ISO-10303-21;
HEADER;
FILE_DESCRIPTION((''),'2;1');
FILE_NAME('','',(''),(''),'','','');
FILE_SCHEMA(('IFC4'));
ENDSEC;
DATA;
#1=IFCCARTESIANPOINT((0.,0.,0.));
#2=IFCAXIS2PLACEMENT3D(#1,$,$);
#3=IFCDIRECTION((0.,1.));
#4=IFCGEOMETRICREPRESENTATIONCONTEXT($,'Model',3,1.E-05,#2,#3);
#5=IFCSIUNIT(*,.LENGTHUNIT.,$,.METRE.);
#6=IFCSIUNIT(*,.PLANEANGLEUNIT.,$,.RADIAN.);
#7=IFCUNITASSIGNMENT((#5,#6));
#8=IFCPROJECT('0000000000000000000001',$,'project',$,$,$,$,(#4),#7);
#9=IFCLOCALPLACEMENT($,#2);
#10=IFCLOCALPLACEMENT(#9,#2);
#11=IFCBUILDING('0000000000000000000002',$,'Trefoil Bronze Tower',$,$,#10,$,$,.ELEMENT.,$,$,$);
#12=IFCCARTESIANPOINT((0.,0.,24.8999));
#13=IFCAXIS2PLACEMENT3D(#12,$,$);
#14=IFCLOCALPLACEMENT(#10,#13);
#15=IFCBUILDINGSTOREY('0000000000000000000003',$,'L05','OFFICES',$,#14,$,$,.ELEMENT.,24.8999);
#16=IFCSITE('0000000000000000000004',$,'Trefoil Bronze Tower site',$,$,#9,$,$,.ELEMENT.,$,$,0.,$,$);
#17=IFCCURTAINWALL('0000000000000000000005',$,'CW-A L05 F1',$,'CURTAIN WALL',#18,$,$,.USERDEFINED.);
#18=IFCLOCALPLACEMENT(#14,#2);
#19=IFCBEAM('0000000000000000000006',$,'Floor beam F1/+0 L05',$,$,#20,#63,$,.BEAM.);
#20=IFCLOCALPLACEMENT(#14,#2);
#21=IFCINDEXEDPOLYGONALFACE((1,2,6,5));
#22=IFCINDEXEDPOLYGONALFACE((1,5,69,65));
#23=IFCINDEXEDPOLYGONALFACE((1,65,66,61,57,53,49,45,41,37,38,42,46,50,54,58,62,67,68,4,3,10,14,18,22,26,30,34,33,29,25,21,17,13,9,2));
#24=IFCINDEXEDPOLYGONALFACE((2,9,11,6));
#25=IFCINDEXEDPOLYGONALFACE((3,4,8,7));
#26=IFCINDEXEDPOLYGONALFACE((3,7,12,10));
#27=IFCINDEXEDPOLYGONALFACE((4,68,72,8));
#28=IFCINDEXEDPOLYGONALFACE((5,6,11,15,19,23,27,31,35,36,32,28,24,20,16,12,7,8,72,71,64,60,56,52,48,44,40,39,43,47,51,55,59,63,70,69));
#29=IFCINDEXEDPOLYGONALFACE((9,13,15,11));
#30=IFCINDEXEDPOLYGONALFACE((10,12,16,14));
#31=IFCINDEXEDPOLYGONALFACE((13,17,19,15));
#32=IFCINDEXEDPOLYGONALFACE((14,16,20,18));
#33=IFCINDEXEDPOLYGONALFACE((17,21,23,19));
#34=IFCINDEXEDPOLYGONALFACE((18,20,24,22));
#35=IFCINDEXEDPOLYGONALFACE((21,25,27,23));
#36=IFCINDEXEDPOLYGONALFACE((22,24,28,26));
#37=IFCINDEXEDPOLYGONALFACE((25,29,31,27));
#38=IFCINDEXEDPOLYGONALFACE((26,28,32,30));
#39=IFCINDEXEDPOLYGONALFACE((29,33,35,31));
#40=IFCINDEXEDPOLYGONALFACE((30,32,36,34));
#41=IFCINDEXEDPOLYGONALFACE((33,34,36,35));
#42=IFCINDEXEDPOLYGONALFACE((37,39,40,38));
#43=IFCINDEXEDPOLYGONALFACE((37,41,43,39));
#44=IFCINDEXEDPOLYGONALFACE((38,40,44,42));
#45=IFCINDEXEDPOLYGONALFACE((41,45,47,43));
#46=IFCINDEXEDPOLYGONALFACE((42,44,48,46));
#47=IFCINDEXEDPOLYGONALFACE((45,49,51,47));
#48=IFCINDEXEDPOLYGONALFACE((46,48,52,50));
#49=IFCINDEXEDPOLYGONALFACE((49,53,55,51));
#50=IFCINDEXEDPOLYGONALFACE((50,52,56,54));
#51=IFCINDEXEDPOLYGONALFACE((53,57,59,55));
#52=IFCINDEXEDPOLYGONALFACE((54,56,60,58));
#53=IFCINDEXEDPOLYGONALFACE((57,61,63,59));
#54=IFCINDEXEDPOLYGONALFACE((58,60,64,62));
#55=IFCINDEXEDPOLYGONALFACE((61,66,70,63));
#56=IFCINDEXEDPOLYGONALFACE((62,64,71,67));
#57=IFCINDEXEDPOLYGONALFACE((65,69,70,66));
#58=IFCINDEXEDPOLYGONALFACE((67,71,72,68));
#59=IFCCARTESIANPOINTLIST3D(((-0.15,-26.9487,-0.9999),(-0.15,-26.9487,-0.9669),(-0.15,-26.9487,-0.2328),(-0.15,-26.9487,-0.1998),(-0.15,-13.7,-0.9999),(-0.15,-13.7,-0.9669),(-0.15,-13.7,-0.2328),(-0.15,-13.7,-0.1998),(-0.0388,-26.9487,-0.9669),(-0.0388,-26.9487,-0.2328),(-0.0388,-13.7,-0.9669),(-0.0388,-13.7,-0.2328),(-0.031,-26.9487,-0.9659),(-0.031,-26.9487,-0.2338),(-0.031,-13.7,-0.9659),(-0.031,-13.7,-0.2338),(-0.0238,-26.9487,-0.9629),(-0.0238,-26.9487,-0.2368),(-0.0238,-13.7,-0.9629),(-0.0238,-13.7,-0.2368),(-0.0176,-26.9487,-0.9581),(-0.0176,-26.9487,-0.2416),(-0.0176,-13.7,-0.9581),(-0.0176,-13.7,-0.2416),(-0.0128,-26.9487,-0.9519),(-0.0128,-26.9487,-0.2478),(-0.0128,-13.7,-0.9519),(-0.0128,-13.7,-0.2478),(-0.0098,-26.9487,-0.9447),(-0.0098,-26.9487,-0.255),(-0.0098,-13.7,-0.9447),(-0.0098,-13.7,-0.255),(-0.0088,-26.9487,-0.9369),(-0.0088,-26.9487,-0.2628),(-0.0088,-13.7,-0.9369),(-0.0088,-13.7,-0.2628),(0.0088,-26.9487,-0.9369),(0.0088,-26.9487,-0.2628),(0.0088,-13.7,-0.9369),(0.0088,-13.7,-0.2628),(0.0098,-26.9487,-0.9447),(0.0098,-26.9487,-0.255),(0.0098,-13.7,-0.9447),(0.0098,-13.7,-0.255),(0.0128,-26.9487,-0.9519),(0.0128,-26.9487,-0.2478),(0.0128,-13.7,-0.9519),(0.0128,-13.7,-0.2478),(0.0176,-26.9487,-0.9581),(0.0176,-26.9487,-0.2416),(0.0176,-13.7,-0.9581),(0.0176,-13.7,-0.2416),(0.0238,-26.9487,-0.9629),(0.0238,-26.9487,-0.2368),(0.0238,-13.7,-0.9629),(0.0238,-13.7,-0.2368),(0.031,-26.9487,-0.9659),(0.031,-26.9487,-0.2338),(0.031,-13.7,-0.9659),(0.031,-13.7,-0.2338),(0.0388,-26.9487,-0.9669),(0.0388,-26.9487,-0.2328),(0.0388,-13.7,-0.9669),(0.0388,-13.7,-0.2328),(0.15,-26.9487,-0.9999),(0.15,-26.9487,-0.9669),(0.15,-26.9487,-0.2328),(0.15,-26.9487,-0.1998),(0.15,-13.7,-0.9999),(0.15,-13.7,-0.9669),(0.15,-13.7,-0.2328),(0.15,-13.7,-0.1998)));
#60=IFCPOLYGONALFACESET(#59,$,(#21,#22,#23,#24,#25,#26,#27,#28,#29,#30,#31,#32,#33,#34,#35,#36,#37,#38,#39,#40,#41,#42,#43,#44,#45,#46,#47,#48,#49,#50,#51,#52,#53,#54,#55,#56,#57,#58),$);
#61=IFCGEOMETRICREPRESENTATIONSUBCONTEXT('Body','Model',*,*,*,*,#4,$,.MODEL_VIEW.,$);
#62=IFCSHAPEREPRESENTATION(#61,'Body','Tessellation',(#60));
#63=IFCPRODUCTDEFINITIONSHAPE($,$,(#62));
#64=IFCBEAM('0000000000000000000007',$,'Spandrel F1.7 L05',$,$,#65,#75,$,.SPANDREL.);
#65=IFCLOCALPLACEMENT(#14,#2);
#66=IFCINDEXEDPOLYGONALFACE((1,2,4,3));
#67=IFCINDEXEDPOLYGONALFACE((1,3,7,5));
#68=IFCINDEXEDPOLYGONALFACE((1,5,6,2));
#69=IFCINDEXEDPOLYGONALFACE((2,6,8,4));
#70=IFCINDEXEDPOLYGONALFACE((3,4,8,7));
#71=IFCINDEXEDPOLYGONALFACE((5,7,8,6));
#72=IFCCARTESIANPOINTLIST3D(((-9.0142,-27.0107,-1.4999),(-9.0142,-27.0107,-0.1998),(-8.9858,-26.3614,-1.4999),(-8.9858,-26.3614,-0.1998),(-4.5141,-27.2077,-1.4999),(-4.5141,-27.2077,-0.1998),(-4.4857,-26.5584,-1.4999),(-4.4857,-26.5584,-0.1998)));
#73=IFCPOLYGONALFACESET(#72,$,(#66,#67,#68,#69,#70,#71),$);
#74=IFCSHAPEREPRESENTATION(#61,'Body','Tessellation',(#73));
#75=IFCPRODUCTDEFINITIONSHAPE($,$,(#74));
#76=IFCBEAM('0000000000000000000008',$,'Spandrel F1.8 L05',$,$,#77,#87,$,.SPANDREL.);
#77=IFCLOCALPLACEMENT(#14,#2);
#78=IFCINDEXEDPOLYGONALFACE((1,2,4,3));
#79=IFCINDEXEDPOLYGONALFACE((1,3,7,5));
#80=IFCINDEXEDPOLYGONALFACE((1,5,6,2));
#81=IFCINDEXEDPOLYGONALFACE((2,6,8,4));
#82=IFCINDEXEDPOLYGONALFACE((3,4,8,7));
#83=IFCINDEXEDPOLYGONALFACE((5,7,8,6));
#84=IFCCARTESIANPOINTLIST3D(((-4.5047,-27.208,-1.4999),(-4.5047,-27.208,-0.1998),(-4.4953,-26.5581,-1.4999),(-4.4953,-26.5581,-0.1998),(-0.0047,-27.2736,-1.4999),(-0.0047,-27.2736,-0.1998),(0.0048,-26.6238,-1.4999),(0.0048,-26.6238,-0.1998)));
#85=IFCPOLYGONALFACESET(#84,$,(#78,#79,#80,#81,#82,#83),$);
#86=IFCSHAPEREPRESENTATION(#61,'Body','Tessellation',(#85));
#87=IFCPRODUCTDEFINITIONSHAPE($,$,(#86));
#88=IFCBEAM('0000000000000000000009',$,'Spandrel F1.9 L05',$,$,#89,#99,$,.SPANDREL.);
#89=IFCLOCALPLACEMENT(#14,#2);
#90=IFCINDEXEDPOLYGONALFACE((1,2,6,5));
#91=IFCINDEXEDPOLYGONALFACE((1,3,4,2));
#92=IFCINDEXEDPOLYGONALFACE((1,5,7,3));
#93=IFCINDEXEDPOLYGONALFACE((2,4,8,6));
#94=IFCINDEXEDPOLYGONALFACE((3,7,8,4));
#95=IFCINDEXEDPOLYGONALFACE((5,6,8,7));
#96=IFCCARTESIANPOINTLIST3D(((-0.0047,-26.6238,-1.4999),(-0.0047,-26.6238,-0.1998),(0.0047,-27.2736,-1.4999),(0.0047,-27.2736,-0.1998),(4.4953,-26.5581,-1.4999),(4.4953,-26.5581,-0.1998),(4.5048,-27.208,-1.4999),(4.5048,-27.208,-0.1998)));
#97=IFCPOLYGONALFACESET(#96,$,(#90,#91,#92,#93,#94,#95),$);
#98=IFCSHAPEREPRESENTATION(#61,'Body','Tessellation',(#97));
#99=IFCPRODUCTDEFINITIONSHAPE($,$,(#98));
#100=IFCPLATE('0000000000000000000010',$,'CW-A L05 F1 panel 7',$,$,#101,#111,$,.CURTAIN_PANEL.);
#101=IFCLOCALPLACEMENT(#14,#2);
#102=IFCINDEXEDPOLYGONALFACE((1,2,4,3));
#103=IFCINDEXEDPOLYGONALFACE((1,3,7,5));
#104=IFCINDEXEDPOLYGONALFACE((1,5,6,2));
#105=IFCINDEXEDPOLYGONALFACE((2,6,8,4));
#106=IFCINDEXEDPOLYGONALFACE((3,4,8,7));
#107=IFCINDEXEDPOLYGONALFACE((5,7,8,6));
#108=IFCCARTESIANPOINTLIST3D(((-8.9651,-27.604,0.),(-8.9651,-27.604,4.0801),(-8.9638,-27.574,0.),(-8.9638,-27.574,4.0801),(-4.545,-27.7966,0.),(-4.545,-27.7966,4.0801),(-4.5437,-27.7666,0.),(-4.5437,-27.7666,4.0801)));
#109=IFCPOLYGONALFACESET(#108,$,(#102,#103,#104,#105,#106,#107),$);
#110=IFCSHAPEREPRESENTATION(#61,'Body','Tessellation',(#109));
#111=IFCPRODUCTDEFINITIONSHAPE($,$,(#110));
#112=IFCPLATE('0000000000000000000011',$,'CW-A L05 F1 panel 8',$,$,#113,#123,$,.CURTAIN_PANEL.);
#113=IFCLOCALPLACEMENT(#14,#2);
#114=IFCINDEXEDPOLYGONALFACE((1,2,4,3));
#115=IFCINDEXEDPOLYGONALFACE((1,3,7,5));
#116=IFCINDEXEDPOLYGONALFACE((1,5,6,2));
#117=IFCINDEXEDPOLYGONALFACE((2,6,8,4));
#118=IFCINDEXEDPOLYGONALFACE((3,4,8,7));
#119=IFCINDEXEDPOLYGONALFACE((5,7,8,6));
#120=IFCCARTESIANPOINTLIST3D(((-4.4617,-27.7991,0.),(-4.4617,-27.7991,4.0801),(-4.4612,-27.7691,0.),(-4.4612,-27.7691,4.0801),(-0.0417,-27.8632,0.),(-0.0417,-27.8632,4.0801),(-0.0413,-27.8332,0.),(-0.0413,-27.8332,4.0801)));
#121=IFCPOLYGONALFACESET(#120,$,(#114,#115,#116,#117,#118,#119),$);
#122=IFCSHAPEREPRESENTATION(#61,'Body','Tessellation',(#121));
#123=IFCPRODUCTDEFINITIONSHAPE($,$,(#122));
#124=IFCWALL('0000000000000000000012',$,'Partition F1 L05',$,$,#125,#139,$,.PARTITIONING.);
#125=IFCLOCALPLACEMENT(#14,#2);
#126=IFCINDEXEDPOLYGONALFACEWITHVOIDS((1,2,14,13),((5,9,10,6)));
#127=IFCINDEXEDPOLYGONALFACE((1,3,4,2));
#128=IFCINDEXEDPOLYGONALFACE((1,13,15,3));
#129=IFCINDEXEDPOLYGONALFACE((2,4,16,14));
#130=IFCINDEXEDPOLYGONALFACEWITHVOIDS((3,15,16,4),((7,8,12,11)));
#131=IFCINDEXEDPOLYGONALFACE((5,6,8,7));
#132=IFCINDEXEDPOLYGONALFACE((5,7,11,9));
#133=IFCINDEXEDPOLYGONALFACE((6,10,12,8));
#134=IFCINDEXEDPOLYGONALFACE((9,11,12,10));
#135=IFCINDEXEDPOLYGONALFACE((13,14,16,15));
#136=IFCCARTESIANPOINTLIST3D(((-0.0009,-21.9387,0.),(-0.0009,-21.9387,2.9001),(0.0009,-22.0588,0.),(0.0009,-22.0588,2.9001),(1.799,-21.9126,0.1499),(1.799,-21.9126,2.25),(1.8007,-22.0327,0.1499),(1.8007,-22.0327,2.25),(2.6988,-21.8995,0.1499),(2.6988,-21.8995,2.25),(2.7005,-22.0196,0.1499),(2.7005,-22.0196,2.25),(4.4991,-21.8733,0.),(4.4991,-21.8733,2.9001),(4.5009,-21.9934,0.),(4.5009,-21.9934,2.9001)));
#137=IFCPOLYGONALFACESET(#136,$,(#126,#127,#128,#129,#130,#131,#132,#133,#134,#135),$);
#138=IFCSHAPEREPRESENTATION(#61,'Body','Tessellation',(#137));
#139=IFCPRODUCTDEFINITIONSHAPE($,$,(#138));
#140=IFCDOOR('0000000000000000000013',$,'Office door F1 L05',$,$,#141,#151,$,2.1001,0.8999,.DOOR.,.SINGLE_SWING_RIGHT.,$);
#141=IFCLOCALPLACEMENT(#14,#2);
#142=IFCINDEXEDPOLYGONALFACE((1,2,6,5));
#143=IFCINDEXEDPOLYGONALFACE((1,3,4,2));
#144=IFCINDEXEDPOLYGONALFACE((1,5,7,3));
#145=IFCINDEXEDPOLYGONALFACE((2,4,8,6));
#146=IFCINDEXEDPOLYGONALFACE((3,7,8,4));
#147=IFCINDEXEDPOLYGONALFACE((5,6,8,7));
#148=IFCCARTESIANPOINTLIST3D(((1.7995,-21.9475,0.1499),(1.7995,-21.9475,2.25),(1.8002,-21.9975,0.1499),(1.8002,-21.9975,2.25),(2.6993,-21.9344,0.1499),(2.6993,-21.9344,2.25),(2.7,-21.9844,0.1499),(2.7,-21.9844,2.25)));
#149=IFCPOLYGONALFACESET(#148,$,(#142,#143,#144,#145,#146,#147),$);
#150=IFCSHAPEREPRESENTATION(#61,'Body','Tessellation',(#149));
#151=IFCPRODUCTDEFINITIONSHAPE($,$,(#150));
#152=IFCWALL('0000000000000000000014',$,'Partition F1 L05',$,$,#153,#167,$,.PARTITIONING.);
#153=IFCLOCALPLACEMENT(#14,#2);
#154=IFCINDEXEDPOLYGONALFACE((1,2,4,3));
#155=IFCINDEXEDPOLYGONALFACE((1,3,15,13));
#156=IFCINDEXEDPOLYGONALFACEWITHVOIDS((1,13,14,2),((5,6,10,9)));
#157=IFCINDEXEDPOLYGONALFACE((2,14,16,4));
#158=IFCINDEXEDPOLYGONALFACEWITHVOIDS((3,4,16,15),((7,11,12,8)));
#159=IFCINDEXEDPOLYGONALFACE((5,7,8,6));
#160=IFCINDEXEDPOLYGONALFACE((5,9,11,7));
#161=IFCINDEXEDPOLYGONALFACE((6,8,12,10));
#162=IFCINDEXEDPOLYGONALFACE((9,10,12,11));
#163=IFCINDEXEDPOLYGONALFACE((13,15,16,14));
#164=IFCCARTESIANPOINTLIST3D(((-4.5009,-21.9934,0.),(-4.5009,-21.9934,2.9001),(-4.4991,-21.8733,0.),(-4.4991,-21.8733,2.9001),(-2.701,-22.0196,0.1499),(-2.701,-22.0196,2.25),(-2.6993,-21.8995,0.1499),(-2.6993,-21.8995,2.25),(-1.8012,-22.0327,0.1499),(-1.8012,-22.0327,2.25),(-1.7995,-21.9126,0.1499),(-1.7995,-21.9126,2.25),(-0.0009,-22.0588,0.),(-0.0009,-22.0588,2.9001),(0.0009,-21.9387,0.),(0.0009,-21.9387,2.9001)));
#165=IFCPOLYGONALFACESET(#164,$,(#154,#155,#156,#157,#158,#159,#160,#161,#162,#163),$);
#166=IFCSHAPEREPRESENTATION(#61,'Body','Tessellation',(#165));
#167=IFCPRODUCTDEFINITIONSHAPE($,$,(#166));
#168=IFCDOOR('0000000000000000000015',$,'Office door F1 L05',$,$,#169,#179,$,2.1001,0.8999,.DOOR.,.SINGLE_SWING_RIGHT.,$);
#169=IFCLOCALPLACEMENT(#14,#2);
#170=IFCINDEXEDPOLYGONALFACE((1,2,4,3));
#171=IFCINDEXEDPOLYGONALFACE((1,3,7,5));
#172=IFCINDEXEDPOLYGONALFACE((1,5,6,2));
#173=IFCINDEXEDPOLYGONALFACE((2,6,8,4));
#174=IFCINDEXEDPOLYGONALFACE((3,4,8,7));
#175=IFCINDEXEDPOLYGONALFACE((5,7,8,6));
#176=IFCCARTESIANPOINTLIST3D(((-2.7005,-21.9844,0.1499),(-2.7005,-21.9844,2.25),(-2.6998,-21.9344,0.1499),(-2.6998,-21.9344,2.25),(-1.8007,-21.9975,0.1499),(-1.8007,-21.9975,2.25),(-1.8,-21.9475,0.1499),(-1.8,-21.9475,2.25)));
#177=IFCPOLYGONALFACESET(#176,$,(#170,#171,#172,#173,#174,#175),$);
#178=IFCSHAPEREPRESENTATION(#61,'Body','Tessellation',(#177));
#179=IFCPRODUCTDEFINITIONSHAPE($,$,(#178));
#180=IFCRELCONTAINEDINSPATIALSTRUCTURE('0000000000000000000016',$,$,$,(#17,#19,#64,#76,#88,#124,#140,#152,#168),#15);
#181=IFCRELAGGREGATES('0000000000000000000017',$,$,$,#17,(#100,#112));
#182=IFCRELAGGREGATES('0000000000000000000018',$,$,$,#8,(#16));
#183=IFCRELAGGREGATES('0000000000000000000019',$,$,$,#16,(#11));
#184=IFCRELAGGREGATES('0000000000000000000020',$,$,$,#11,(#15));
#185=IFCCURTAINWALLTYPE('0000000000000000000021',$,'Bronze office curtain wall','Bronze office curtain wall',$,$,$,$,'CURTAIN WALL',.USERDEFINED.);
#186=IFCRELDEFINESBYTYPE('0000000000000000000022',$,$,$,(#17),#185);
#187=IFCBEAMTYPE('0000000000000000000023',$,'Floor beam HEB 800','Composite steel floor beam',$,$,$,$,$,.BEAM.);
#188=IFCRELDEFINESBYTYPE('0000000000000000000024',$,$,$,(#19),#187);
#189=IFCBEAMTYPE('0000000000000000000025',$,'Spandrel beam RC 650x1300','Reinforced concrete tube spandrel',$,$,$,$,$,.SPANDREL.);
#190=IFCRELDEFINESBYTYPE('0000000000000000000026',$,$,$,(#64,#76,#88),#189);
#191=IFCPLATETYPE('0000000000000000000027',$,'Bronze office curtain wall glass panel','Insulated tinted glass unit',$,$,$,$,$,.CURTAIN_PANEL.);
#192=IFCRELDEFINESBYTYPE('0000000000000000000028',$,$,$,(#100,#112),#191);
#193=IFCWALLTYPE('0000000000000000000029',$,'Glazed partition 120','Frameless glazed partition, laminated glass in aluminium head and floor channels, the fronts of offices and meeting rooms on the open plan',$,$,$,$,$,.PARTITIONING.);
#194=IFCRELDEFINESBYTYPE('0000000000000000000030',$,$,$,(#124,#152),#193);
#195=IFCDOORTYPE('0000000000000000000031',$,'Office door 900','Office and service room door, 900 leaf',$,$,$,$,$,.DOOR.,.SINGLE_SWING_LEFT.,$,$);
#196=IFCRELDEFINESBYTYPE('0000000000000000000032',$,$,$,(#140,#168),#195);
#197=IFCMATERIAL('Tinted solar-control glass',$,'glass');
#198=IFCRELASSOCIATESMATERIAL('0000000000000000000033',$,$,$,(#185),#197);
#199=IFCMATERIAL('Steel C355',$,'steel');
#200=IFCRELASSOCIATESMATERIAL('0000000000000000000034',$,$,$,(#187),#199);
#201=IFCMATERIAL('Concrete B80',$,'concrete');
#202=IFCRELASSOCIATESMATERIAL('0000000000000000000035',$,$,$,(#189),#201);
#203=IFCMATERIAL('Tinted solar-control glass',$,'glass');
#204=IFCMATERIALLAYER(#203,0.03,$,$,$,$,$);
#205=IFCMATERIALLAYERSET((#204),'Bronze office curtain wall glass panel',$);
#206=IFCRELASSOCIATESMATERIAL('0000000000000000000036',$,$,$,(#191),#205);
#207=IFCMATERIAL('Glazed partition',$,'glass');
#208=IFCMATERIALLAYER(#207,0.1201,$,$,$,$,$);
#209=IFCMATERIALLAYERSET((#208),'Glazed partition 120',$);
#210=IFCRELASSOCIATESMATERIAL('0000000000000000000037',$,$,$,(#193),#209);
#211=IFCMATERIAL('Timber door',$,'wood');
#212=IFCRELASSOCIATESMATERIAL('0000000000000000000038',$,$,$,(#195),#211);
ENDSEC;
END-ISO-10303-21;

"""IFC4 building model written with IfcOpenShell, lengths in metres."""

from ifc_helpers import new_model, si_unit, direction, frame, frame_2d, origin, origin_2d, place, context, subcontext, project, spatial, rectangle, i_section, extrude, material, layer, layer_set, material_profile, profile_set, type_object, element, fill, aggregate, save


model = new_model("IFC4")

# Units and contexts
model_context = context("Model", 3, precision=1e-05, world=origin(), true_north=direction((0.0, 1.0)))
body_context = subcontext(model_context, "Body", "Model", "MODEL_VIEW")
ifc_project = project(units=[si_unit("LENGTHUNIT", "METRE"), si_unit("PLANEANGLEUNIT", "RADIAN")], contexts=[model_context])

# Site, building, storey
site_placement = place(None, origin())
site = spatial("IfcSite", under=ifc_project, at=site_placement, Name="Trefoil Bronze Tower site", CompositionType="ELEMENT", RefElevation=0.0)
building_placement = place(site_placement, origin())
building = spatial("IfcBuilding", under=site, at=building_placement, Name="Trefoil Bronze Tower", CompositionType="ELEMENT")
storey_placement = place(building_placement, frame((0.0, 0.0, 24.8999)))
storey = spatial("IfcBuildingStorey", under=building, at=storey_placement, Name="L05", Description="OFFICES", CompositionType="ELEMENT", Elevation=24.8999)

# Curtain wall
ifc_material_1 = material(Name="Tinted solar-control glass", Category="glass")
curtain_wall_type = type_object("IfcCurtainWallType", Name="Bronze office curtain wall", Description="Bronze office curtain wall", ElementType="CURTAIN WALL", PredefinedType="USERDEFINED", material=ifc_material_1)
curtain_wall_placement = place(storey_placement, origin())
curtain_wall = element("IfcCurtainWall", 1, at=curtain_wall_placement, inside=storey, type_object=curtain_wall_type, Name="CW-A L05 F1", ObjectType="CURTAIN WALL", PredefinedType="USERDEFINED")

# Beams
ifc_material_2 = material(Name="Steel C355", Category="steel")
ifc_material_profile_1 = material_profile(ifc_material_2, i_section(OverallWidth=0.3, OverallDepth=0.8, WebThickness=0.0176, FlangeThickness=0.033, FilletRadius=0.03, at=origin_2d()), Name="HEB 800")
ifc_profile_set_1 = profile_set([ifc_material_profile_1], Name="Steel C355")
beam_type_1 = type_object("IfcBeamType", Name="Floor beam HEB 800", Description="Composite steel floor beam", PredefinedType="BEAM", material=ifc_profile_set_1)
beam_1_placement = place(storey_placement, frame((0.0, -26.9487, -0.5999), z_axis=(0.0, 1.0, 0.0), x_axis=(-1.0, 0.0, 0.0)))
element("IfcBeam", 2, at=beam_1_placement, inside=storey, type_object=beam_type_1, Name="Floor beam F1/+0 L05", PredefinedType="BEAM", context=body_context, shape_type="SweptSolid", body=[
    extrude(i_section(OverallWidth=0.3, OverallDepth=0.8, WebThickness=0.0176, FlangeThickness=0.033, FilletRadius=0.03, at=origin_2d()), origin(), (0.0, 0.0, 1.0), 13.2488),
])
ifc_material_3 = material(Name="Concrete B80", Category="concrete")
ifc_material_profile_2 = material_profile(ifc_material_3, rectangle(XDim=0.6499, YDim=1.3, at=origin_2d()), Name="RC 650x1300")
ifc_profile_set_2 = profile_set([ifc_material_profile_2], Name="Concrete B80")
beam_type_2 = type_object("IfcBeamType", Name="Spandrel beam RC 650x1300", Description="Reinforced concrete tube spandrel", PredefinedType="SPANDREL", material=ifc_profile_set_2)
beam_2_placement = place(storey_placement, frame((-9.0, -26.686, -0.8499), z_axis=(0.999043, -0.043741, 0.0), x_axis=(0.043741, 0.999043, 0.0)))
element("IfcBeam", 3, at=beam_2_placement, inside=storey, type_object=beam_type_2, Name="Spandrel F1.7 L05", PredefinedType="SPANDREL", context=body_context, shape_type="SweptSolid", body=[
    extrude(rectangle(XDim=0.6499, YDim=1.3, at=origin_2d()), origin(), (0.0, 0.0, 1.0), 4.5044),
])
for number, where, z_axis, x_axis, name in (
    (4, (-4.5, -26.8831, -0.8499), (0.999894, -0.014593, 0.0), (0.014593, 0.999894, 0.0), "Spandrel F1.8 L05"),
    (5, (0.0, -26.9487, -0.8499), (0.999894, 0.014593, 0.0), (-0.014593, 0.999894, 0.0), "Spandrel F1.9 L05"),
):
    element("IfcBeam", number, at=place(storey_placement, frame(where, z_axis=z_axis, x_axis=x_axis)), inside=storey, type_object=beam_type_2, Name=name, PredefinedType="SPANDREL", context=body_context, shape_type="SweptSolid", body=[
        extrude(rectangle(XDim=0.6499, YDim=1.3, at=origin_2d()), origin(), (0.0, 0.0, 1.0), 4.5005),
    ])

# Plates
ifc_material_4 = material(Name="Tinted solar-control glass", Category="glass")
ifc_layer_1 = layer(ifc_material_4, 0.03)
ifc_layer_set_1 = layer_set([ifc_layer_1], Name="Bronze office curtain wall glass panel")
plate_type = type_object("IfcPlateType", Name="Bronze office curtain wall glass panel", Description="Insulated tinted glass unit", PredefinedType="CURTAIN_PANEL", material=ifc_layer_set_1)
plate_1_placement = place(storey_placement, frame((-6.7544, -27.6853, 0.0), z_axis=(0.0, 0.0, 1.0), x_axis=(0.999052, -0.043528, 0.0)))
plate_1 = element("IfcPlate", 6, at=plate_1_placement, type_object=plate_type, Name="CW-A L05 F1 panel 7", PredefinedType="CURTAIN_PANEL", context=body_context, shape_type="SweptSolid", body=[
    extrude(rectangle(XDim=4.4243, YDim=0.03, at=origin_2d()), origin(), (0.0, 0.0, 1.0), 4.0801),
])
plate_2_placement = place(storey_placement, frame((-2.2515, -27.8162, 0.0), z_axis=(0.0, 0.0, 1.0), x_axis=(0.999895, -0.014509, 0.0)))
plate_2 = element("IfcPlate", 7, at=plate_2_placement, type_object=plate_type, Name="CW-A L05 F1 panel 8", PredefinedType="CURTAIN_PANEL", context=body_context, shape_type="SweptSolid", body=[
    extrude(rectangle(XDim=4.4204, YDim=0.03, at=origin_2d()), origin(), (0.0, 0.0, 1.0), 4.0801),
])
aggregate(curtain_wall, [plate_1, plate_2])

# Walls, openings, doors
ifc_material_5 = material(Name="Glazed partition", Category="glass")
ifc_layer_2 = layer(ifc_material_5, 0.1201)
ifc_layer_set_2 = layer_set([ifc_layer_2], Name="Glazed partition 120")
wall_type = type_object("IfcWallType", Name="Glazed partition 120", Description="Frameless glazed partition, laminated glass in aluminium head and floor channels, the fronts of offices and meeting rooms on the open plan", PredefinedType="PARTITIONING", material=ifc_layer_set_2)
wall_1_placement = place(storey_placement, frame((0.0, -21.9988, 0.0), z_axis=(0.0, 0.0, 1.0), x_axis=(0.999894, 0.014538, 0.0)))
wall_1 = element("IfcWall", 8, at=wall_1_placement, inside=storey, type_object=wall_type, Name="Partition F1 L05", PredefinedType="PARTITIONING", context=body_context, shape_type="SweptSolid", body=[
    extrude(rectangle(XDim=4.5005, YDim=0.1201, at=frame_2d((2.2502, 0.0))), origin(), (0.0, 0.0, 1.0), 2.9001),
])
opening_1_placement = place(wall_1_placement, frame((1.8, 0.0, 0.1499)))
opening_1 = element("IfcOpeningElement", 9, at=opening_1_placement, cuts=wall_1, PredefinedType="OPENING", context=body_context, shape_type="SweptSolid", body=[
    extrude(rectangle(XDim=0.8999, YDim=2.1001, at=frame_2d((0.45, 1.05))), frame((0.0, 0.0701, 0.0), z_axis=(0.0, -1.0, 0.0), x_axis=(1.0, 0.0, 0.0)), (0.0, 0.0, 1.0), 0.1401),
])
ifc_material_6 = material(Name="Timber door", Category="wood")
door_type = type_object("IfcDoorType", Name="Office door 900", Description="Office and service room door, 900 leaf", OperationType="SINGLE_SWING_LEFT", PredefinedType="DOOR", material=ifc_material_6)
door_1_placement = place(opening_1_placement, frame((0.8999, 0.0, 0.0), z_axis=(0.0, 0.0, 1.0), x_axis=(-1.0, 0.0, 0.0)))
door_1 = element("IfcDoor", 10, at=door_1_placement, inside=storey, type_object=door_type, Name="Office door F1 L05", OperationType="SINGLE_SWING_RIGHT", OverallHeight=2.1001, OverallWidth=0.8999, PredefinedType="DOOR", context=body_context, shape_type="SweptSolid", body=[
    extrude(rectangle(XDim=0.8999, YDim=2.1001, at=frame_2d((0.45, 1.05))), frame((0.0, 0.0249, 0.0), z_axis=(0.0, -1.0, 0.0), x_axis=(1.0, 0.0, 0.0)), (0.0, 0.0, 1.0), 0.05),
])
fill(opening_1, door_1)
wall_2_placement = place(storey_placement, frame((-4.5, -21.9333, 0.0), z_axis=(0.0, 0.0, 1.0), x_axis=(0.999894, -0.014538, 0.0)))
wall_2 = element("IfcWall", 11, at=wall_2_placement, inside=storey, type_object=wall_type, Name="Partition F1 L05", PredefinedType="PARTITIONING", context=body_context, shape_type="SweptSolid", body=[
    extrude(rectangle(XDim=4.5005, YDim=0.1201, at=frame_2d((2.2502, 0.0))), origin(), (0.0, 0.0, 1.0), 2.9001),
])
opening_2_placement = place(wall_2_placement, frame((1.8, 0.0, 0.1499)))
opening_2 = element("IfcOpeningElement", 12, at=opening_2_placement, cuts=wall_2, PredefinedType="OPENING", context=body_context, shape_type="SweptSolid", body=[
    extrude(rectangle(XDim=0.8999, YDim=2.1001, at=frame_2d((0.45, 1.05))), frame((0.0, 0.0701, 0.0), z_axis=(0.0, -1.0, 0.0), x_axis=(1.0, 0.0, 0.0)), (0.0, 0.0, 1.0), 0.1401),
])
door_2_placement = place(opening_2_placement, frame((0.8999, 0.0, 0.0), z_axis=(0.0, 0.0, 1.0), x_axis=(-1.0, 0.0, 0.0)))
door_2 = element("IfcDoor", 13, at=door_2_placement, inside=storey, type_object=door_type, Name="Office door F1 L05", OperationType="SINGLE_SWING_RIGHT", OverallHeight=2.1001, OverallWidth=0.8999, PredefinedType="DOOR", context=body_context, shape_type="SweptSolid", body=[
    extrude(rectangle(XDim=0.8999, YDim=2.1001, at=frame_2d((0.45, 1.05))), frame((0.0, 0.0249, 0.0), z_axis=(0.0, -1.0, 0.0), x_axis=(1.0, 0.0, 0.0)), (0.0, 0.0, 1.0), 0.05),
])
fill(opening_2, door_2)

save(model, "model.ifc")
